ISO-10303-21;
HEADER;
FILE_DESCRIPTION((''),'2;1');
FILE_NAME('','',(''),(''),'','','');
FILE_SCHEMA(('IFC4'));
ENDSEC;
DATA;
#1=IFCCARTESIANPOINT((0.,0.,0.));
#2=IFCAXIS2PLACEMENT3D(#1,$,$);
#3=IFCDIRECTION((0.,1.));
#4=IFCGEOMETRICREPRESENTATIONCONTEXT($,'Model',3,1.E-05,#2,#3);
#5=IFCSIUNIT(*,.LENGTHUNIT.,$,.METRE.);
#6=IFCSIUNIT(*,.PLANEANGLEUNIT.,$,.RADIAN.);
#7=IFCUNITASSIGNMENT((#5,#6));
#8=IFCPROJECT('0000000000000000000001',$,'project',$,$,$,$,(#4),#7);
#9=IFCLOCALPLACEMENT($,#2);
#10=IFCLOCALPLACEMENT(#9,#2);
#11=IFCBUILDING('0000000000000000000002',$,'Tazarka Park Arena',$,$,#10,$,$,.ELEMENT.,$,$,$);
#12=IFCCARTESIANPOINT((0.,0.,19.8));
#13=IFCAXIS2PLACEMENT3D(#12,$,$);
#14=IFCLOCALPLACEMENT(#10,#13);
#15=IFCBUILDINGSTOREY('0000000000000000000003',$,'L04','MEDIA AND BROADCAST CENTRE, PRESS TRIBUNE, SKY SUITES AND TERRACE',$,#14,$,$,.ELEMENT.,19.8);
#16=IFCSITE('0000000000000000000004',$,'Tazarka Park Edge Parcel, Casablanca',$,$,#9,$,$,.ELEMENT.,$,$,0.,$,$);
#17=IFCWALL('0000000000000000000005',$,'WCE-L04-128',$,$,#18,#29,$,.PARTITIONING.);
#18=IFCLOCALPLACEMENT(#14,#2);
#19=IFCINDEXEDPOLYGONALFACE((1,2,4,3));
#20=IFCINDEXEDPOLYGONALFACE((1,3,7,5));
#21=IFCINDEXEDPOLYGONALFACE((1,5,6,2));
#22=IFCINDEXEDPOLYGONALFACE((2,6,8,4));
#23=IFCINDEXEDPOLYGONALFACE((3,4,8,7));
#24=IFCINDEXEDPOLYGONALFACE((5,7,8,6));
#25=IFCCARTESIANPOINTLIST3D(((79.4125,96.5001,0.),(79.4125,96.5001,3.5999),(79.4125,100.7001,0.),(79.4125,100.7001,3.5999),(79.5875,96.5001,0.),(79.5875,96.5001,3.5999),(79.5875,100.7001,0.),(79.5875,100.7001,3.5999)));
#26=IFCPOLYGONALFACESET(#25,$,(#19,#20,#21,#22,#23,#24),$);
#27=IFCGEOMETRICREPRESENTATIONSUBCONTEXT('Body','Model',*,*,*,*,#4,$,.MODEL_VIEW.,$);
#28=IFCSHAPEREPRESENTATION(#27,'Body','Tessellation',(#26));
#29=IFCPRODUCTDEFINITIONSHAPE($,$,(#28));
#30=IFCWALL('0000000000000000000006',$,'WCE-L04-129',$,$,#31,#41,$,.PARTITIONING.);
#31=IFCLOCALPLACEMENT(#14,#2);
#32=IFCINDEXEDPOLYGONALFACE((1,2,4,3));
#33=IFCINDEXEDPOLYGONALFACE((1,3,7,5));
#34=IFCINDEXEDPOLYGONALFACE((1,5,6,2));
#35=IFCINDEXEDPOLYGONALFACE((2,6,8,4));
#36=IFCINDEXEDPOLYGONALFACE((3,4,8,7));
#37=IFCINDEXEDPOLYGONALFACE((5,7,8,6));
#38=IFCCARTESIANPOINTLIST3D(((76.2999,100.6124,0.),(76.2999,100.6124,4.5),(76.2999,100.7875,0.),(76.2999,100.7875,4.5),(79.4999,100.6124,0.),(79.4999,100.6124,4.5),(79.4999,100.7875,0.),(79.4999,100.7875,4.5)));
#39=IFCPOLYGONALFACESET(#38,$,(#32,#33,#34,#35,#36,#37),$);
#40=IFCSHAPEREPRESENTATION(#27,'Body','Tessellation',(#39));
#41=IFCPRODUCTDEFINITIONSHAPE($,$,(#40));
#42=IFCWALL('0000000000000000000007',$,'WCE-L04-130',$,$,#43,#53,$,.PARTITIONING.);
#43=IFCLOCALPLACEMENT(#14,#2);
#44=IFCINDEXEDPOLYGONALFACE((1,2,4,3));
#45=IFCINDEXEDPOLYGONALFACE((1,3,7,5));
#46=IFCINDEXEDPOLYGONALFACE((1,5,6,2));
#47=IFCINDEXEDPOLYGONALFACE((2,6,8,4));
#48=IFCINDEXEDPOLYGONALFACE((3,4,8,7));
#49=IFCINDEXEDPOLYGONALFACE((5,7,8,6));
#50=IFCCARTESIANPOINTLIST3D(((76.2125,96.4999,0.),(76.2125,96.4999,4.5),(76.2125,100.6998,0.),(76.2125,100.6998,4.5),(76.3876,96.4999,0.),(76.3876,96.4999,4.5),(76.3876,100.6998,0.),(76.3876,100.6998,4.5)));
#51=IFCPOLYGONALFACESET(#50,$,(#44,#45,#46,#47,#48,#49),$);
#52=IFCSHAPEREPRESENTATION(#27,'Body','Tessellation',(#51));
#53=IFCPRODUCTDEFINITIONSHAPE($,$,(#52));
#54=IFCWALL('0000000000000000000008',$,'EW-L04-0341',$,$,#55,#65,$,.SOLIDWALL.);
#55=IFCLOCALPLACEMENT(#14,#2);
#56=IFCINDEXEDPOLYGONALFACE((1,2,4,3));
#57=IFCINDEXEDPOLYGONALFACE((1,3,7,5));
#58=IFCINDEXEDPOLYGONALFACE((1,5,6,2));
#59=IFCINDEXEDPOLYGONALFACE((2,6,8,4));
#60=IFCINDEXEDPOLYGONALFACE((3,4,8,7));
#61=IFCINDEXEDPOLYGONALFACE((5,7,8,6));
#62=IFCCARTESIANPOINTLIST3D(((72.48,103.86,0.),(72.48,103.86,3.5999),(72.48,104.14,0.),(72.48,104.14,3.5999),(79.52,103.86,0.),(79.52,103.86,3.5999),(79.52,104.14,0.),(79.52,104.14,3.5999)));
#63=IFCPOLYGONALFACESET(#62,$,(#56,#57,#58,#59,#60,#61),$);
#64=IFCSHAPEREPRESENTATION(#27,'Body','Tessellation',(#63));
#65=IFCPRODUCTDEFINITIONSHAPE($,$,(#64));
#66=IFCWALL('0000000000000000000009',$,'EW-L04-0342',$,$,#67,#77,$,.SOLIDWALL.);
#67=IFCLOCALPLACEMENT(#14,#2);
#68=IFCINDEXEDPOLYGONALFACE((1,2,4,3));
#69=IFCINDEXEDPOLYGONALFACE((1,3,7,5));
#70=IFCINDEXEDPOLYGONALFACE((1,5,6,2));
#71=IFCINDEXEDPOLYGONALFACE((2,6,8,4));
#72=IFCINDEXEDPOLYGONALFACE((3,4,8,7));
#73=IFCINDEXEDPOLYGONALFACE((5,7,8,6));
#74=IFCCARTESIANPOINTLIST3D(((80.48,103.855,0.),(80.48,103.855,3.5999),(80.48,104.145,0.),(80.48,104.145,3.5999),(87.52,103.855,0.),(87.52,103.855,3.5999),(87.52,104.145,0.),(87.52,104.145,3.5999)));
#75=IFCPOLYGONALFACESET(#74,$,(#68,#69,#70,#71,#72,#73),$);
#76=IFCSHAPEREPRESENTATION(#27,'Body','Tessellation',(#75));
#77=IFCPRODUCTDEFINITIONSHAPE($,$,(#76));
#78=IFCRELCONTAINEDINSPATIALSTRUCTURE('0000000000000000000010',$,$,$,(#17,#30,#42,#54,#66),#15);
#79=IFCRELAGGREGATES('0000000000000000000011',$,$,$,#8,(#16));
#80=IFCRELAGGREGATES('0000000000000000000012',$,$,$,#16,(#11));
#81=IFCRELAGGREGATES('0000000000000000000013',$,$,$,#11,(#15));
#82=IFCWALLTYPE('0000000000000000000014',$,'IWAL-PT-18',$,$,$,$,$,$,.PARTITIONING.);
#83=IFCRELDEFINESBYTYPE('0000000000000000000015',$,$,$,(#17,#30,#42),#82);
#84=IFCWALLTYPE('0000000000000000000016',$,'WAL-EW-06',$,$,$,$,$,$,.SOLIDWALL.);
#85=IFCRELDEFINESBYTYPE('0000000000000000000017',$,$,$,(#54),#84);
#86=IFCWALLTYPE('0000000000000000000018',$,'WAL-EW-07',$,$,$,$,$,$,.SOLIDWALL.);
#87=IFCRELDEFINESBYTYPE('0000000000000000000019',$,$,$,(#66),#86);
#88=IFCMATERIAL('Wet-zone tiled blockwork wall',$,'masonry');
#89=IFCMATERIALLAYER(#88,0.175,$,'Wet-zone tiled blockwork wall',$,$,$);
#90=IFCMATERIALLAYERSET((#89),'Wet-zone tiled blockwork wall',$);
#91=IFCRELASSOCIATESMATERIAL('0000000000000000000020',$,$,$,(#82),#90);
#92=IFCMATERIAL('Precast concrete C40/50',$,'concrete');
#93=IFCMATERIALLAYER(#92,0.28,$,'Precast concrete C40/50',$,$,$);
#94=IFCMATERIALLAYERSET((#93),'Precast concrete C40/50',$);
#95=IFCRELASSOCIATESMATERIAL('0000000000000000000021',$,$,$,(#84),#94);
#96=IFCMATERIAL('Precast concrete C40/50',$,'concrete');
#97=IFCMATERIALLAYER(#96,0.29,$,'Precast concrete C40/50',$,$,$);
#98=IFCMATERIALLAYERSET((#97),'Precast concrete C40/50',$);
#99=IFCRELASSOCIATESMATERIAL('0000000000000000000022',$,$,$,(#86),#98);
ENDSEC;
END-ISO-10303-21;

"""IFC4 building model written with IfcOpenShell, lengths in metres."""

from ifc_helpers import new_model, si_unit, direction, frame, frame_2d, origin, place, context, subcontext, project, spatial, rectangle, extrude, material, layer, layer_set, type_object, element, save


model = new_model("IFC4")

# Units and contexts
model_context = context("Model", 3, precision=1e-05, world=origin(), true_north=direction((0.0, 1.0)))
body_context = subcontext(model_context, "Body", "Model", "MODEL_VIEW")
ifc_project = project(units=[si_unit("LENGTHUNIT", "METRE"), si_unit("PLANEANGLEUNIT", "RADIAN")], contexts=[model_context])

# Site, building, storey
site_placement = place(None, origin())
site = spatial("IfcSite", under=ifc_project, at=site_placement, Name="Tazarka Park Edge Parcel, Casablanca", CompositionType="ELEMENT", RefElevation=0.0)
building_placement = place(site_placement, origin())
building = spatial("IfcBuilding", under=site, at=building_placement, Name="Tazarka Park Arena", CompositionType="ELEMENT")
storey_placement = place(building_placement, frame((0.0, 0.0, 19.8)))
storey = spatial("IfcBuildingStorey", under=building, at=storey_placement, Name="L04", Description="MEDIA AND BROADCAST CENTRE, PRESS TRIBUNE, SKY SUITES AND TERRACE", CompositionType="ELEMENT", Elevation=19.8)

# Shared definitions
ifc_material_1 = material(Name="Wet-zone tiled blockwork wall", Category="masonry")
ifc_layer_1 = layer(ifc_material_1, 0.175, Name="Wet-zone tiled blockwork wall")
ifc_layer_set_1 = layer_set([ifc_layer_1], Name="Wet-zone tiled blockwork wall")
wall_type_1 = type_object("IfcWallType", Name="IWAL-PT-18", PredefinedType="PARTITIONING", material=ifc_layer_set_1)

# Walls
wall_1_placement = place(storey_placement, frame((79.5, 96.5, 0.0), z_axis=(0.0, 0.0, 1.0), x_axis=(0.0, 1.0, 0.0)))
element("IfcWall", 1, at=wall_1_placement, inside=storey, type_object=wall_type_1, Name="WCE-L04-128", PredefinedType="PARTITIONING", context=body_context, shape_type="SweptSolid", body=[
    extrude(rectangle(XDim=4.2, YDim=0.175, at=frame_2d((2.1001, 0.0))), origin(), (0.0, 0.0, 1.0), 3.5999),
])
wall_2_placement = place(storey_placement, frame((79.5, 100.7, 0.0), z_axis=(0.0, 0.0, 1.0), x_axis=(-1.0, 0.0, 0.0)))
element("IfcWall", 2, at=wall_2_placement, inside=storey, type_object=wall_type_1, Name="WCE-L04-129", PredefinedType="PARTITIONING", context=body_context, shape_type="SweptSolid", body=[
    extrude(rectangle(XDim=3.2, YDim=0.175, at=frame_2d((1.6001, 0.0))), origin(), (0.0, 0.0, 1.0), 4.5),
])
wall_3_placement = place(storey_placement, frame((76.3, 100.7, 0.0), z_axis=(0.0, 0.0, 1.0), x_axis=(0.0, -1.0, 0.0)))
element("IfcWall", 3, at=wall_3_placement, inside=storey, type_object=wall_type_1, Name="WCE-L04-130", PredefinedType="PARTITIONING", context=body_context, shape_type="SweptSolid", body=[
    extrude(rectangle(XDim=4.2, YDim=0.175, at=frame_2d((2.1001, 0.0))), origin(), (0.0, 0.0, 1.0), 4.5),
])
ifc_material_2 = material(Name="Precast concrete C40/50", Category="concrete")
ifc_layer_2 = layer(ifc_material_2, 0.28, Name="Precast concrete C40/50")
ifc_layer_set_2 = layer_set([ifc_layer_2], Name="Precast concrete C40/50")
wall_type_2 = type_object("IfcWallType", Name="WAL-EW-06", PredefinedType="SOLIDWALL", material=ifc_layer_set_2)
wall_4_placement = place(storey_placement, frame((72.48, 104.0, 0.0), z_axis=(0.0, 0.0, 1.0), x_axis=(1.0, 0.0, 0.0)))
element("IfcWall", 4, at=wall_4_placement, inside=storey, type_object=wall_type_2, Name="EW-L04-0341", PredefinedType="SOLIDWALL", context=body_context, shape_type="SweptSolid", body=[
    extrude(rectangle(XDim=7.04, YDim=0.28, at=frame_2d((3.52, 0.0))), origin(), (0.0, 0.0, 1.0), 3.5999),
])
ifc_material_3 = material(Name="Precast concrete C40/50", Category="concrete")
ifc_layer_3 = layer(ifc_material_3, 0.29, Name="Precast concrete C40/50")
ifc_layer_set_3 = layer_set([ifc_layer_3], Name="Precast concrete C40/50")
wall_type_3 = type_object("IfcWallType", Name="WAL-EW-07", PredefinedType="SOLIDWALL", material=ifc_layer_set_3)
wall_5_placement = place(storey_placement, frame((80.48, 104.0, 0.0), z_axis=(0.0, 0.0, 1.0), x_axis=(1.0, 0.0, 0.0)))
element("IfcWall", 5, at=wall_5_placement, inside=storey, type_object=wall_type_3, Name="EW-L04-0342", PredefinedType="SOLIDWALL", context=body_context, shape_type="SweptSolid", body=[
    extrude(rectangle(XDim=7.04, YDim=0.29, at=frame_2d((3.52, 0.0))), origin(), (0.0, 0.0, 1.0), 3.5999),
])

save(model, "model.ifc")
